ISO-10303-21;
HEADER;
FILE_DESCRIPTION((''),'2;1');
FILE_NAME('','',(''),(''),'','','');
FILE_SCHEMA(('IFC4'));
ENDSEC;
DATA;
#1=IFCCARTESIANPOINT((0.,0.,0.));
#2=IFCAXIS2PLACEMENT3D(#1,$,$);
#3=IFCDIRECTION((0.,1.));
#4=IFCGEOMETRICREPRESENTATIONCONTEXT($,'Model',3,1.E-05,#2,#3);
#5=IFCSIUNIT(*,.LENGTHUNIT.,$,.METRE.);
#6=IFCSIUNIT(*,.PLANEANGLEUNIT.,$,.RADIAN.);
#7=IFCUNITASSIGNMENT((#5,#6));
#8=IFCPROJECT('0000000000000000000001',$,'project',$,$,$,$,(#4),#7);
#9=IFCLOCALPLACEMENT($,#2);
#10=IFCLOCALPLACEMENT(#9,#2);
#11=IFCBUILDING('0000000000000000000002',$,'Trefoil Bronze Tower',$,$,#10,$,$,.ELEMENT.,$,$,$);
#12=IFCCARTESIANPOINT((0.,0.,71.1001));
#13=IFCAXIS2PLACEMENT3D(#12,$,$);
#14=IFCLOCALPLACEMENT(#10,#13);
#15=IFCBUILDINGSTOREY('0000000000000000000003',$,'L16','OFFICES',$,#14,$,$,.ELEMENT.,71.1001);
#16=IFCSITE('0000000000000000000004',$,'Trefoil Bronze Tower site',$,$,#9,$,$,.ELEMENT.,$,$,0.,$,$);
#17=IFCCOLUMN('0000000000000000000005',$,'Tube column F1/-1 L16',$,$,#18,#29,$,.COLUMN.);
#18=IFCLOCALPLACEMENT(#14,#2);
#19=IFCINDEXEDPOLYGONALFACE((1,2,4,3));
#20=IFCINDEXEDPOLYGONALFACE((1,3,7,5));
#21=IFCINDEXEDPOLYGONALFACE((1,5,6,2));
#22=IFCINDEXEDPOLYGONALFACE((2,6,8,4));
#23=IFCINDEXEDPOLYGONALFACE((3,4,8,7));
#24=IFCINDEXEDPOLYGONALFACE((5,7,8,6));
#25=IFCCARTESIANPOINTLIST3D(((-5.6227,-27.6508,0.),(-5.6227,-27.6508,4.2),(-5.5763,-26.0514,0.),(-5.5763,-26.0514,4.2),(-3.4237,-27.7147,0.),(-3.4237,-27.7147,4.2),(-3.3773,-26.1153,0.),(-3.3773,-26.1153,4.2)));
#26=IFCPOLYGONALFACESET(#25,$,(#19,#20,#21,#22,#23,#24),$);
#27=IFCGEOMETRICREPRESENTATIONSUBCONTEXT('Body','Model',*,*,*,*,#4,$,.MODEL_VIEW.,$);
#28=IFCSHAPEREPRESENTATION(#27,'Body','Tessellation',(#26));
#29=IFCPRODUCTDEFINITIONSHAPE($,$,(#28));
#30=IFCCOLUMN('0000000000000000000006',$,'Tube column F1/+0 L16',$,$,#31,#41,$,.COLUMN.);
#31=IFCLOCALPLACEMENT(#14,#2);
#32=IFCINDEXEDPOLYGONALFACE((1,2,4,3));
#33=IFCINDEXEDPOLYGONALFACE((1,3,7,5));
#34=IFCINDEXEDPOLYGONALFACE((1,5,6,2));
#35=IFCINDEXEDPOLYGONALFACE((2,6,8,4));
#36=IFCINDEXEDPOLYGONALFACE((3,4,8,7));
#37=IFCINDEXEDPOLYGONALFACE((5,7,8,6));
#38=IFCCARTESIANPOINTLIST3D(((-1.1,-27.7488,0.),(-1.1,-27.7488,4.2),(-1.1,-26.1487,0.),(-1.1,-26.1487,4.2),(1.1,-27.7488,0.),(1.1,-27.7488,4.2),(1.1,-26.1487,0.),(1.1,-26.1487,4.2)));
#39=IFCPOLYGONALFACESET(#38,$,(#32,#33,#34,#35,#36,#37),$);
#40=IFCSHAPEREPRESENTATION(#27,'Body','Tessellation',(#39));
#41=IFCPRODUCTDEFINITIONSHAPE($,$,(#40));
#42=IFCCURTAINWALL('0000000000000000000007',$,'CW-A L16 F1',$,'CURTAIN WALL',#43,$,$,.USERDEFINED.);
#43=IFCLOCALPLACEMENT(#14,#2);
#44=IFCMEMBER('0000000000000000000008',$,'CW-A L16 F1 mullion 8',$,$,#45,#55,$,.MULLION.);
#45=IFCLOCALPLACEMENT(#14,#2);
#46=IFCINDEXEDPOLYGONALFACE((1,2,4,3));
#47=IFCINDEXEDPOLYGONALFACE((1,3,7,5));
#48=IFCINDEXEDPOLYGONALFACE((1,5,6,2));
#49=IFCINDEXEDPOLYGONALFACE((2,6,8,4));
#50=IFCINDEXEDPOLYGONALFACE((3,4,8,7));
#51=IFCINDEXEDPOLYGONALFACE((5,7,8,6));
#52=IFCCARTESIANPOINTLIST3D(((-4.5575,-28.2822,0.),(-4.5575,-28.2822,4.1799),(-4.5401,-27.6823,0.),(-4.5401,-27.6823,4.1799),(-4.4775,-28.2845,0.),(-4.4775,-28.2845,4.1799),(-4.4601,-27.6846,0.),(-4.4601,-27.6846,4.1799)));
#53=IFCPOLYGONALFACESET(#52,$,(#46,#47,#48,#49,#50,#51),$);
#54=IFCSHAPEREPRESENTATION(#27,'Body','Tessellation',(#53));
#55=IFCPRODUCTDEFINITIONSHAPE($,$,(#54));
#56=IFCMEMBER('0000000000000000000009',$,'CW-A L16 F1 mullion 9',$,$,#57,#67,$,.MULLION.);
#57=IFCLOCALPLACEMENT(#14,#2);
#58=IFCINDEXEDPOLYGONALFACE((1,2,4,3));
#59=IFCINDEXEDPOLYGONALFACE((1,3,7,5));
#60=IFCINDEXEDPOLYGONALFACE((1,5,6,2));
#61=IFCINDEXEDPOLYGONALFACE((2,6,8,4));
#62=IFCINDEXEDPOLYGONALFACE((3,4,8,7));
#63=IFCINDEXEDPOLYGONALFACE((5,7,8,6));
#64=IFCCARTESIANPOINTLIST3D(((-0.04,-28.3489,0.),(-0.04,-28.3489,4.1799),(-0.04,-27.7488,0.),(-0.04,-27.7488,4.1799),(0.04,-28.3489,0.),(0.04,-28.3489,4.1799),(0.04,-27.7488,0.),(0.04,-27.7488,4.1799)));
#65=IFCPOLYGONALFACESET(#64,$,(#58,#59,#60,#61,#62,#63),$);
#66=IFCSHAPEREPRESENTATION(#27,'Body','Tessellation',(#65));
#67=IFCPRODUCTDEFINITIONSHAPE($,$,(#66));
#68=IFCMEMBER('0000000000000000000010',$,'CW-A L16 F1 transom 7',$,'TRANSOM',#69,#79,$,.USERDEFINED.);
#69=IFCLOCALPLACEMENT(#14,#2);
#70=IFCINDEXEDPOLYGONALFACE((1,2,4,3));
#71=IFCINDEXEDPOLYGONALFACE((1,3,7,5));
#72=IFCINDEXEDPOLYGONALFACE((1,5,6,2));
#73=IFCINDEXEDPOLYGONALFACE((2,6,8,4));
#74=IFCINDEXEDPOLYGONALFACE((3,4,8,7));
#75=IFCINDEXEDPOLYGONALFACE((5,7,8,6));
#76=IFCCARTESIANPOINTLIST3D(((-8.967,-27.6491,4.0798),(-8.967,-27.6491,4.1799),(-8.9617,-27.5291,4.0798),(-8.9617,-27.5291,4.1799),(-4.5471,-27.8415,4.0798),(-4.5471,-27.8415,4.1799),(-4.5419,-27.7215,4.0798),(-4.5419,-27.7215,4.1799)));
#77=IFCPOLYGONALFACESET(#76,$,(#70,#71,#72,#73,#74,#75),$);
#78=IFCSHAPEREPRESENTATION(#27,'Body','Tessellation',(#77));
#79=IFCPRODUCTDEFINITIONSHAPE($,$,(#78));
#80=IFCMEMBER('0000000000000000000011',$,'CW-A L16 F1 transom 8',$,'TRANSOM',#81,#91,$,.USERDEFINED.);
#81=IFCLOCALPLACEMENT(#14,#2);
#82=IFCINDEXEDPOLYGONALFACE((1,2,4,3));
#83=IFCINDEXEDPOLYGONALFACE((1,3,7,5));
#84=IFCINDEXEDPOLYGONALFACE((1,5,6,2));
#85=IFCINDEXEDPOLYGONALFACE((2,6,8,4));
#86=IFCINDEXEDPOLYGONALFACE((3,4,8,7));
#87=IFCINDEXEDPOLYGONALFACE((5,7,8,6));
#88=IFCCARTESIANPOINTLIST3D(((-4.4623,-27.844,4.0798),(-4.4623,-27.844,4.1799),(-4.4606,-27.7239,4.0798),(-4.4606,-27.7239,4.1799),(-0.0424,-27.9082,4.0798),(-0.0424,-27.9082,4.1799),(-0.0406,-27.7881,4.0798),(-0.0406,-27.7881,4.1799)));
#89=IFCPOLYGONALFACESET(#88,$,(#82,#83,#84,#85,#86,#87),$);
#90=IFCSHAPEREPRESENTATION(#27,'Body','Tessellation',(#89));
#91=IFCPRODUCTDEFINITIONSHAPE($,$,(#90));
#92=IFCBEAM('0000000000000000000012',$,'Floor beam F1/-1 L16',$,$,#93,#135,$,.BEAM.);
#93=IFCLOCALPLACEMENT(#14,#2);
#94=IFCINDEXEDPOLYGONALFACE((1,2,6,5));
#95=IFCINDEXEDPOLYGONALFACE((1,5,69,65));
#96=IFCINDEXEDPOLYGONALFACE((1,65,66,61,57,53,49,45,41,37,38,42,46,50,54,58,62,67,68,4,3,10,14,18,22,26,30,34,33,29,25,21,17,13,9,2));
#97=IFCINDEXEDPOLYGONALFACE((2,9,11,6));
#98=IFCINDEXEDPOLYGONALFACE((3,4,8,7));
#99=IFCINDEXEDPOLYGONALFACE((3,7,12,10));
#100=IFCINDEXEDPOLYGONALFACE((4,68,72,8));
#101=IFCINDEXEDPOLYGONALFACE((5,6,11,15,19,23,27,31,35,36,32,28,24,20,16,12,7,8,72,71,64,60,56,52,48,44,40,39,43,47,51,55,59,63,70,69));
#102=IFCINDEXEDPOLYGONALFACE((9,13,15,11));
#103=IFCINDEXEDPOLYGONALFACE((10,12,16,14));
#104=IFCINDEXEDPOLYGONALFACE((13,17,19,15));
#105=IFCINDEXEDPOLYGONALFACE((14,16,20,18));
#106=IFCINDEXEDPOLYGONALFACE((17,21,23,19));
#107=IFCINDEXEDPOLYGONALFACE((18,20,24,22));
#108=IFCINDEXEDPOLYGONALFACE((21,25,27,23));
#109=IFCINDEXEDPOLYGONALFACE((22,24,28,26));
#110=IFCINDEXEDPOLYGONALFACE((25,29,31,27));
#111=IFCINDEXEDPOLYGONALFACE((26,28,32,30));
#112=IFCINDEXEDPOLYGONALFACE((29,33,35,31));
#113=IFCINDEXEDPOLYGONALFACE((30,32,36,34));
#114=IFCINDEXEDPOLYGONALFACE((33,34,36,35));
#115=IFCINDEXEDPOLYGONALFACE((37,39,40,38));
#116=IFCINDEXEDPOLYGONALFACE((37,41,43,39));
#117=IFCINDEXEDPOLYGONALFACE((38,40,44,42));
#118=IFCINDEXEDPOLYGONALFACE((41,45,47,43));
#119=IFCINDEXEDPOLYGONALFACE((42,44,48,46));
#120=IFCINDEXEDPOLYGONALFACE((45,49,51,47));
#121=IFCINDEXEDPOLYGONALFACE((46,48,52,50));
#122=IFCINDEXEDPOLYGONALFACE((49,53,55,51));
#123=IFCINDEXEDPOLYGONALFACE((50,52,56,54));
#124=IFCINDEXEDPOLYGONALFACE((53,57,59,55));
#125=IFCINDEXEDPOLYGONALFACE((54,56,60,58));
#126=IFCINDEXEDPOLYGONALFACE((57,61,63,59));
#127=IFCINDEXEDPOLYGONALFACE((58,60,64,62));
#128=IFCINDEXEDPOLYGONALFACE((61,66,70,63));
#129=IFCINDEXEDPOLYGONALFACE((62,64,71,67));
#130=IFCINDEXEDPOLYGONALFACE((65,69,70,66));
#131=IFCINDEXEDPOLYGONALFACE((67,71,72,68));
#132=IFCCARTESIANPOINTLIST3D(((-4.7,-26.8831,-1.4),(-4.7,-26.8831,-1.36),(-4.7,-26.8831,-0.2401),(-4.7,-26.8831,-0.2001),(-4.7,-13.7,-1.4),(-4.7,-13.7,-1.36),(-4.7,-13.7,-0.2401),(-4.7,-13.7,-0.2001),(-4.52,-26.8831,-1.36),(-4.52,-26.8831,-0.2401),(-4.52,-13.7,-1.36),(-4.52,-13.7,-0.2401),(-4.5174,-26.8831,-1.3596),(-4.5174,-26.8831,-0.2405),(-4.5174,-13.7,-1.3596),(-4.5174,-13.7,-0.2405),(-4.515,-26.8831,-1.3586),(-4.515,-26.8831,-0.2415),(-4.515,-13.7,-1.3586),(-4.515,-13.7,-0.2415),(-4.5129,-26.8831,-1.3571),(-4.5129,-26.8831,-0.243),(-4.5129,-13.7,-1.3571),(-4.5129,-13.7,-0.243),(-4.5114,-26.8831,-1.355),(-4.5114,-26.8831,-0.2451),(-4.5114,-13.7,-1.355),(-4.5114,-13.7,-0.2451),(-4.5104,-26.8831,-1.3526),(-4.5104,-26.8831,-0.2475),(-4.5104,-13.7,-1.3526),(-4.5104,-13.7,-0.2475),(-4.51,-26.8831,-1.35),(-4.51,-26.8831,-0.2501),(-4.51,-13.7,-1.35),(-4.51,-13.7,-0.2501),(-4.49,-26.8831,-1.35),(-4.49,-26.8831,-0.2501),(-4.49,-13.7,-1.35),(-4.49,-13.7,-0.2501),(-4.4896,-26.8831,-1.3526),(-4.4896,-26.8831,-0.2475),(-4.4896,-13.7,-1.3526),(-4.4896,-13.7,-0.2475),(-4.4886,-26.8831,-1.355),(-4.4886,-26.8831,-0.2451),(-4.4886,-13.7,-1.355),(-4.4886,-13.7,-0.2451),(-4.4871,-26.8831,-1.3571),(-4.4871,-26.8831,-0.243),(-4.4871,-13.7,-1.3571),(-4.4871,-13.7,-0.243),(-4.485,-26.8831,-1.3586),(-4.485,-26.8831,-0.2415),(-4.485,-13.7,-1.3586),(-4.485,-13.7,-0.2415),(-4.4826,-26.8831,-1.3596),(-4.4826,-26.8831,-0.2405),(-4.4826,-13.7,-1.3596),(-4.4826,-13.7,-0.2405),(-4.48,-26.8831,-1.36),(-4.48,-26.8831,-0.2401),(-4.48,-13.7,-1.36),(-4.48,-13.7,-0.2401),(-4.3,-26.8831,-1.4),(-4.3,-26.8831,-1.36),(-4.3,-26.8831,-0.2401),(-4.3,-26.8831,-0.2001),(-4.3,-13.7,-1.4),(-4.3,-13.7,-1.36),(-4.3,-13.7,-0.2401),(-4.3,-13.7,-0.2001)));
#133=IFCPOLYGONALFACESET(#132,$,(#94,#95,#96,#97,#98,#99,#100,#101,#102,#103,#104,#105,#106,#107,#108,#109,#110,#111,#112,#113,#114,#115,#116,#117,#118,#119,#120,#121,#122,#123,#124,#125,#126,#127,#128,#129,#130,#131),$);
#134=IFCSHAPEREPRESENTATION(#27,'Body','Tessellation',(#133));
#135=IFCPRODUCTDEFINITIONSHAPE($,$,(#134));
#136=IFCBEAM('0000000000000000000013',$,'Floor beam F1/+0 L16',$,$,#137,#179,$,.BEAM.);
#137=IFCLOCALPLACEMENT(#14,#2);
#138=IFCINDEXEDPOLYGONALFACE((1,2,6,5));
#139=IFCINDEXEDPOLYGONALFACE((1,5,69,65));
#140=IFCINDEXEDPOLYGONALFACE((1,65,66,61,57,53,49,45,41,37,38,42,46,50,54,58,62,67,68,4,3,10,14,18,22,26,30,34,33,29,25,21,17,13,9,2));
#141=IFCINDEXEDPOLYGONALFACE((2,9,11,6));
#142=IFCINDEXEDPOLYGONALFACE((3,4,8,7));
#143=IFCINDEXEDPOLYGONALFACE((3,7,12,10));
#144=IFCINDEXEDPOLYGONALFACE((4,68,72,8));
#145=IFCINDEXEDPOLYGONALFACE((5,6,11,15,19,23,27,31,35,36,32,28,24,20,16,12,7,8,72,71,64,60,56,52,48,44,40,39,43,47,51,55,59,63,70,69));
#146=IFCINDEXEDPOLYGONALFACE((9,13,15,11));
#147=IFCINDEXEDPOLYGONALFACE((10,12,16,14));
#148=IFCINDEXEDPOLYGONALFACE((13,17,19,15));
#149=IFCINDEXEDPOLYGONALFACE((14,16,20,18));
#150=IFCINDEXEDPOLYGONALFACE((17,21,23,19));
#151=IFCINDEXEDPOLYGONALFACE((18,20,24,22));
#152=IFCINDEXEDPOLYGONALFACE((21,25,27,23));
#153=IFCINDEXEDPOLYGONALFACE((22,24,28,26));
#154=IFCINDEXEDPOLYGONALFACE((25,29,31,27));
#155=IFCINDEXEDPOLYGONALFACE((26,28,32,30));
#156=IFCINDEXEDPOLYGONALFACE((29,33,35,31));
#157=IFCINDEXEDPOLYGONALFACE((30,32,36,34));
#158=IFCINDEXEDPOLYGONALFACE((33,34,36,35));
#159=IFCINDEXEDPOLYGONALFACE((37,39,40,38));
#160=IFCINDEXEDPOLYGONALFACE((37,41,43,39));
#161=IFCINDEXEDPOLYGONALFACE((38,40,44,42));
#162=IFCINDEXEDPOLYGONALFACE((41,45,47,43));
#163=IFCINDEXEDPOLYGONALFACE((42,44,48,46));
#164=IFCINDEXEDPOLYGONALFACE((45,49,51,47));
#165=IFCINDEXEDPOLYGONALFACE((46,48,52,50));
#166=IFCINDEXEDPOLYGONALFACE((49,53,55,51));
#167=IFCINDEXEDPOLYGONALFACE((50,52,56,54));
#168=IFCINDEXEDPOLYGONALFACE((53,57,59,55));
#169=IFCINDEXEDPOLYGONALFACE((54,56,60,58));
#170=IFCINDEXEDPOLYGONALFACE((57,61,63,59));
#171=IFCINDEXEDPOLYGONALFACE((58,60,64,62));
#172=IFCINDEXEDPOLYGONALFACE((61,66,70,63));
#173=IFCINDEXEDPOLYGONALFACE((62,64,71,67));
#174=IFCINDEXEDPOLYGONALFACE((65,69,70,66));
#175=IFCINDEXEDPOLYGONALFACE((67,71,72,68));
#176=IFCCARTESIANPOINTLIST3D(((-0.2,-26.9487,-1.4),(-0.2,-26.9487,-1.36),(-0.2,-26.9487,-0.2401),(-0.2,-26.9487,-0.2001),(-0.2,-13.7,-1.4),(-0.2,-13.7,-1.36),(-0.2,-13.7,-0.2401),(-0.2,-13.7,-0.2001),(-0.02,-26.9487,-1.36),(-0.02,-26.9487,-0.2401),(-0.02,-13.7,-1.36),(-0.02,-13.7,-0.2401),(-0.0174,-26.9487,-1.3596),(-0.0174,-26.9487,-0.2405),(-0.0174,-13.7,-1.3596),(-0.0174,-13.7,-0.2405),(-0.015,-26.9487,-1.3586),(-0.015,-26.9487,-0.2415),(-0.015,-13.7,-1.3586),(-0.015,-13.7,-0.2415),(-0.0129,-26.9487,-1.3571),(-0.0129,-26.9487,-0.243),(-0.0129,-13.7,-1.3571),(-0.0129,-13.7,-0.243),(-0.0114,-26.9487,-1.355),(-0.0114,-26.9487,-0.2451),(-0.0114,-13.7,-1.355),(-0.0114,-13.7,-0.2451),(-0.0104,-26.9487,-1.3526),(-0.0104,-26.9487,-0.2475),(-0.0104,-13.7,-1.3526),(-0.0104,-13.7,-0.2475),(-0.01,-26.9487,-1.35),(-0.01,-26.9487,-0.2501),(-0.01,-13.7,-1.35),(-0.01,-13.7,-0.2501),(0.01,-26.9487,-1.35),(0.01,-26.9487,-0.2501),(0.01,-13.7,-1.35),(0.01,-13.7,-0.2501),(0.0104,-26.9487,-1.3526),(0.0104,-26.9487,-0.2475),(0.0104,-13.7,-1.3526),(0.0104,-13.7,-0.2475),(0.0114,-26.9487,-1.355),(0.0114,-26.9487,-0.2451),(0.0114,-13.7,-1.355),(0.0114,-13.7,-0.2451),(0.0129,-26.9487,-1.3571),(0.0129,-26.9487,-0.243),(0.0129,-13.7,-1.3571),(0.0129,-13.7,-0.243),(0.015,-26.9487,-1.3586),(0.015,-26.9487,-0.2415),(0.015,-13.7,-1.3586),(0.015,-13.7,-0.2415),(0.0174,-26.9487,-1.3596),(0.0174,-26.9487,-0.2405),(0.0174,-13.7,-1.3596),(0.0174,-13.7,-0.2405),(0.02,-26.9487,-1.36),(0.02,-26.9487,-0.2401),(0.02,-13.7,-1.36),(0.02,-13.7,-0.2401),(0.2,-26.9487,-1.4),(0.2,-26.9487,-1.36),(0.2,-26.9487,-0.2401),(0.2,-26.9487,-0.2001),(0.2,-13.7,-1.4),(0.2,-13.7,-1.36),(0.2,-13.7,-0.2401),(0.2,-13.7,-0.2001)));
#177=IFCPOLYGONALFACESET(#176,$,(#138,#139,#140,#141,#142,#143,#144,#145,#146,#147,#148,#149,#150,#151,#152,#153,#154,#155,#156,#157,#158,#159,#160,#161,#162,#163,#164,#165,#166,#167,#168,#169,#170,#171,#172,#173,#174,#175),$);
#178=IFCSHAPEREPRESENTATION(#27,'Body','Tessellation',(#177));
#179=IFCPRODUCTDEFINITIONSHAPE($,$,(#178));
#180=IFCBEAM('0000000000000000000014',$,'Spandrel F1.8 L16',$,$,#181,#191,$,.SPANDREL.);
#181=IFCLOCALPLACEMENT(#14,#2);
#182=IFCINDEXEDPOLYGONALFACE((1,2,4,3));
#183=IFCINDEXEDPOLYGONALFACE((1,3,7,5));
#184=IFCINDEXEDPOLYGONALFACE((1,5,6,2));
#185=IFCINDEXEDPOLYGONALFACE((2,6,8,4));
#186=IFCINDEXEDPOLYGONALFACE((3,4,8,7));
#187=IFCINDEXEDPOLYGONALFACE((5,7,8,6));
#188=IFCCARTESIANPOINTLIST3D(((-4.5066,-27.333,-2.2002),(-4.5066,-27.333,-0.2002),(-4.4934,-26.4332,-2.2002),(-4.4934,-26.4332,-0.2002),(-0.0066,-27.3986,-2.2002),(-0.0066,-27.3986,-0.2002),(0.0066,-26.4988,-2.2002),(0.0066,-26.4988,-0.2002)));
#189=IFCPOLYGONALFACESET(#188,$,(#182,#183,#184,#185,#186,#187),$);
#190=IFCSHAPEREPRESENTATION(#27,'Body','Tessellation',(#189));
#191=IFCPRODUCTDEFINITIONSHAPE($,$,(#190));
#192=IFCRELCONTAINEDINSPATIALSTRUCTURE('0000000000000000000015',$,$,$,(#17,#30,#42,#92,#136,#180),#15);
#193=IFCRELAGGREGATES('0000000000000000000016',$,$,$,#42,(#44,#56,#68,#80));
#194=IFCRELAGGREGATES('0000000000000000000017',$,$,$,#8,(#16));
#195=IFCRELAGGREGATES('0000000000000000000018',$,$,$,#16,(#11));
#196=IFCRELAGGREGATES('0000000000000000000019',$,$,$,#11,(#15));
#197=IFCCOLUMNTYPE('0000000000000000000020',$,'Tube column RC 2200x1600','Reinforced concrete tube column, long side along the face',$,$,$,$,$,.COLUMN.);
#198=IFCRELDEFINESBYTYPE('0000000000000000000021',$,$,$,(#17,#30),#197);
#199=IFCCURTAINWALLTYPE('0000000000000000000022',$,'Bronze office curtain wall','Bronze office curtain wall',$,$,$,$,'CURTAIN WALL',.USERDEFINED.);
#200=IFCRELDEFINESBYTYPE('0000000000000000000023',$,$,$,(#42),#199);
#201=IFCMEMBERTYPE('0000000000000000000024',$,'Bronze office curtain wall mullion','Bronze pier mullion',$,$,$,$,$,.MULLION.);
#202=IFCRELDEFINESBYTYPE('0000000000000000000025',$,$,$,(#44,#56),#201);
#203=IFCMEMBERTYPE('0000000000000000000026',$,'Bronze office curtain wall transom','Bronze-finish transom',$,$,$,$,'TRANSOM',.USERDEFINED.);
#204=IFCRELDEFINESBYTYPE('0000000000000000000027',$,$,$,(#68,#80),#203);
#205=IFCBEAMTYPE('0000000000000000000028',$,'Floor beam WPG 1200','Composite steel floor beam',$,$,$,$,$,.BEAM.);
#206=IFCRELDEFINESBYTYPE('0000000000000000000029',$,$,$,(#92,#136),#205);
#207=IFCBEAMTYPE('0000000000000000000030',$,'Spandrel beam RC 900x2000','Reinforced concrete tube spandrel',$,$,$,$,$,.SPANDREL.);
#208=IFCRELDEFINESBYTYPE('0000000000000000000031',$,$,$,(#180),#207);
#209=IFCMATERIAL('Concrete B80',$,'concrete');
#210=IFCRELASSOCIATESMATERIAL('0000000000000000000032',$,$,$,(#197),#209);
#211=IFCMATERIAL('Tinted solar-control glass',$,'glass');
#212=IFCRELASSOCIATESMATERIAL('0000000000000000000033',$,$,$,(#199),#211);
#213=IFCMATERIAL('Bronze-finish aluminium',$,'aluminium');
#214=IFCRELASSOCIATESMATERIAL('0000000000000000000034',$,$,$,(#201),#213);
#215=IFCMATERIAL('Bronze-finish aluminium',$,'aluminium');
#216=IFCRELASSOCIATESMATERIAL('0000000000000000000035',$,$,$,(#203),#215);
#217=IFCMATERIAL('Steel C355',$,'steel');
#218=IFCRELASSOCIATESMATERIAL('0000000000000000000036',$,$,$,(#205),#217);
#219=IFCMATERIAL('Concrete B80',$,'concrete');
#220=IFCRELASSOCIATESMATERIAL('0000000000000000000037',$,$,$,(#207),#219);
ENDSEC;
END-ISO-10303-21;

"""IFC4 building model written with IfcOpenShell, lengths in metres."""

from ifc_helpers import new_model, si_unit, direction, frame, origin, origin_2d, place, context, subcontext, project, spatial, rectangle, i_section, extrude, material, material_profile, profile_set, type_object, element, aggregate, save


model = new_model("IFC4")

# Units and contexts
model_context = context("Model", 3, precision=1e-05, world=origin(), true_north=direction((0.0, 1.0)))
body_context = subcontext(model_context, "Body", "Model", "MODEL_VIEW")
ifc_project = project(units=[si_unit("LENGTHUNIT", "METRE"), si_unit("PLANEANGLEUNIT", "RADIAN")], contexts=[model_context])

# Site, building, storey
site_placement = place(None, origin())
site = spatial("IfcSite", under=ifc_project, at=site_placement, Name="Trefoil Bronze Tower site", CompositionType="ELEMENT", RefElevation=0.0)
building_placement = place(site_placement, origin())
building = spatial("IfcBuilding", under=site, at=building_placement, Name="Trefoil Bronze Tower", CompositionType="ELEMENT")
storey_placement = place(building_placement, frame((0.0, 0.0, 71.1001)))
storey = spatial("IfcBuildingStorey", under=building, at=storey_placement, Name="L16", Description="OFFICES", CompositionType="ELEMENT", Elevation=71.1001)

# Columns
ifc_material_1 = material(Name="Concrete B80", Category="concrete")
ifc_material_profile_1 = material_profile(ifc_material_1, rectangle(XDim=2.2, YDim=1.6001, at=origin_2d()), Name="RC 2200x1600")
ifc_profile_set_1 = profile_set([ifc_material_profile_1], Name="Concrete B80")
column_type = type_object("IfcColumnType", Name="Tube column RC 2200x1600", Description="Reinforced concrete tube column, long side along the face", PredefinedType="COLUMN", material=ifc_profile_set_1)
for number, where, z_axis, x_axis, name in (
    (1, (-4.5, -26.8831, 0.0), (0.0, 0.0, 1.0), (0.999579, -0.029022, 0.0), "Tube column F1/-1 L16"),
    (2, (0.0, -26.9487, 0.0), (0.0, 0.0, 1.0), (1.0, 0.0, 0.0), "Tube column F1/+0 L16"),
):
    element("IfcColumn", number, at=place(storey_placement, frame(where, z_axis=z_axis, x_axis=x_axis)), inside=storey, type_object=column_type, Name=name, PredefinedType="COLUMN", context=body_context, shape_type="SweptSolid", body=[
        extrude(rectangle(XDim=2.2, YDim=1.6001, at=origin_2d()), origin(), (0.0, 0.0, 1.0), 4.2),
    ])

# Curtain wall, members
ifc_material_2 = material(Name="Tinted solar-control glass", Category="glass")
curtain_wall_type = type_object("IfcCurtainWallType", Name="Bronze office curtain wall", Description="Bronze office curtain wall", ElementType="CURTAIN WALL", PredefinedType="USERDEFINED", material=ifc_material_2)
curtain_wall_placement = place(storey_placement, origin())
curtain_wall = element("IfcCurtainWall", 3, at=curtain_wall_placement, inside=storey, type_object=curtain_wall_type, Name="CW-A L16 F1", ObjectType="CURTAIN WALL", PredefinedType="USERDEFINED")
ifc_material_3 = material(Name="Bronze-finish aluminium", Category="aluminium")
ifc_material_profile_2 = material_profile(ifc_material_3, rectangle(XDim=0.6001, YDim=0.0801, at=origin_2d()), Name="CW-A mullion")
ifc_profile_set_2 = profile_set([ifc_material_profile_2], Name="Bronze-finish aluminium")
member_type_1 = type_object("IfcMemberType", Name="Bronze office curtain wall mullion", Description="Bronze pier mullion", PredefinedType="MULLION", material=ifc_profile_set_2)
member_1_placement = place(storey_placement, frame((-4.5088, -27.9834, 0.0), z_axis=(0.0, 0.0, 1.0), x_axis=(0.029022, 0.999579, 0.0)))
member_1 = element("IfcMember", 4, at=member_1_placement, type_object=member_type_1, Name="CW-A L16 F1 mullion 8", PredefinedType="MULLION", context=body_context, shape_type="SweptSolid", body=[
    extrude(rectangle(XDim=0.6001, YDim=0.0801, at=origin_2d()), origin(), (0.0, 0.0, 1.0), 4.1799),
])
member_2_placement = place(storey_placement, frame((0.0, -28.0488, 0.0), z_axis=(0.0, 0.0, 1.0), x_axis=(0.0, 1.0, 0.0)))
member_2 = element("IfcMember", 5, at=member_2_placement, type_object=member_type_1, Name="CW-A L16 F1 mullion 9", PredefinedType="MULLION", context=body_context, shape_type="SweptSolid", body=[
    extrude(rectangle(XDim=0.6001, YDim=0.0801, at=origin_2d()), origin(), (0.0, 0.0, 1.0), 4.1799),
])
ifc_material_4 = material(Name="Bronze-finish aluminium", Category="aluminium")
ifc_material_profile_3 = material_profile(ifc_material_4, rectangle(XDim=0.1201, YDim=0.1001, at=origin_2d()), Name="CW-A transom")
ifc_profile_set_3 = profile_set([ifc_material_profile_3], Name="Bronze-finish aluminium")
member_type_2 = type_object("IfcMemberType", Name="Bronze office curtain wall transom", Description="Bronze-finish transom", ElementType="TRANSOM", PredefinedType="USERDEFINED", material=ifc_profile_set_3)
member_3_placement = place(storey_placement, frame((-8.9644, -27.5891, 4.1299), z_axis=(0.999054, -0.043485, 0.0), x_axis=(0.043485, 0.999054, 0.0)))
member_3 = element("IfcMember", 6, at=member_3_placement, type_object=member_type_2, Name="CW-A L16 F1 transom 7", ObjectType="TRANSOM", PredefinedType="USERDEFINED", context=body_context, shape_type="SweptSolid", body=[
    extrude(rectangle(XDim=0.1201, YDim=0.1001, at=origin_2d()), origin(), (0.0, 0.0, 1.0), 4.4241),
])
member_4_placement = place(storey_placement, frame((-4.4614, -27.7839, 4.1299), z_axis=(0.999894, -0.014526, 0.0), x_axis=(0.014526, 0.999894, 0.0)))
member_4 = element("IfcMember", 7, at=member_4_placement, type_object=member_type_2, Name="CW-A L16 F1 transom 8", ObjectType="TRANSOM", PredefinedType="USERDEFINED", context=body_context, shape_type="SweptSolid", body=[
    extrude(rectangle(XDim=0.1201, YDim=0.1001, at=origin_2d()), origin(), (0.0, 0.0, 1.0), 4.4204),
])

# Beams
ifc_material_5 = material(Name="Steel C355", Category="steel")
ifc_material_profile_4 = material_profile(ifc_material_5, i_section(OverallWidth=0.3999, OverallDepth=1.2, WebThickness=0.02, FlangeThickness=0.04, FilletRadius=0.01, at=origin_2d()), Name="WPG 1200")
ifc_profile_set_4 = profile_set([ifc_material_profile_4], Name="Steel C355")
beam_type_1 = type_object("IfcBeamType", Name="Floor beam WPG 1200", Description="Composite steel floor beam", PredefinedType="BEAM", material=ifc_profile_set_4)
beam_1_placement = place(storey_placement, frame((-4.5, -26.8831, -0.8), z_axis=(0.0, 1.0, 0.0), x_axis=(-1.0, 0.0, 0.0)))
element("IfcBeam", 8, at=beam_1_placement, inside=storey, type_object=beam_type_1, Name="Floor beam F1/-1 L16", PredefinedType="BEAM", context=body_context, shape_type="SweptSolid", body=[
    extrude(i_section(OverallWidth=0.3999, OverallDepth=1.2, WebThickness=0.02, FlangeThickness=0.04, FilletRadius=0.01, at=origin_2d()), origin(), (0.0, 0.0, 1.0), 13.1831),
])
beam_2_placement = place(storey_placement, frame((0.0, -26.9487, -0.8), z_axis=(0.0, 1.0, 0.0), x_axis=(-1.0, 0.0, 0.0)))
element("IfcBeam", 9, at=beam_2_placement, inside=storey, type_object=beam_type_1, Name="Floor beam F1/+0 L16", PredefinedType="BEAM", context=body_context, shape_type="SweptSolid", body=[
    extrude(i_section(OverallWidth=0.3999, OverallDepth=1.2, WebThickness=0.02, FlangeThickness=0.04, FilletRadius=0.01, at=origin_2d()), origin(), (0.0, 0.0, 1.0), 13.2488),
])
ifc_material_6 = material(Name="Concrete B80", Category="concrete")
ifc_material_profile_5 = material_profile(ifc_material_6, rectangle(XDim=0.8999, YDim=2.0, at=origin_2d()), Name="RC 900x2000")
ifc_profile_set_5 = profile_set([ifc_material_profile_5], Name="Concrete B80")
beam_type_2 = type_object("IfcBeamType", Name="Spandrel beam RC 900x2000", Description="Reinforced concrete tube spandrel", PredefinedType="SPANDREL", material=ifc_profile_set_5)
for number, where, z_axis, x_axis, name in (
    (10, (-4.5, -26.8831, -1.2002), (0.999894, -0.014593, 0.0), (0.014593, 0.999894, 0.0), "Spandrel F1.8 L16"),
):
    element("IfcBeam", number, at=place(storey_placement, frame(where, z_axis=z_axis, x_axis=x_axis)), inside=storey, type_object=beam_type_2, Name=name, PredefinedType="SPANDREL", context=body_context, shape_type="SweptSolid", body=[
        extrude(rectangle(XDim=0.8999, YDim=2.0, at=origin_2d()), origin(), (0.0, 0.0, 1.0), 4.5005),
    ])

aggregate(curtain_wall, [member_1, member_2, member_3, member_4])

save(model, "model.ifc")
